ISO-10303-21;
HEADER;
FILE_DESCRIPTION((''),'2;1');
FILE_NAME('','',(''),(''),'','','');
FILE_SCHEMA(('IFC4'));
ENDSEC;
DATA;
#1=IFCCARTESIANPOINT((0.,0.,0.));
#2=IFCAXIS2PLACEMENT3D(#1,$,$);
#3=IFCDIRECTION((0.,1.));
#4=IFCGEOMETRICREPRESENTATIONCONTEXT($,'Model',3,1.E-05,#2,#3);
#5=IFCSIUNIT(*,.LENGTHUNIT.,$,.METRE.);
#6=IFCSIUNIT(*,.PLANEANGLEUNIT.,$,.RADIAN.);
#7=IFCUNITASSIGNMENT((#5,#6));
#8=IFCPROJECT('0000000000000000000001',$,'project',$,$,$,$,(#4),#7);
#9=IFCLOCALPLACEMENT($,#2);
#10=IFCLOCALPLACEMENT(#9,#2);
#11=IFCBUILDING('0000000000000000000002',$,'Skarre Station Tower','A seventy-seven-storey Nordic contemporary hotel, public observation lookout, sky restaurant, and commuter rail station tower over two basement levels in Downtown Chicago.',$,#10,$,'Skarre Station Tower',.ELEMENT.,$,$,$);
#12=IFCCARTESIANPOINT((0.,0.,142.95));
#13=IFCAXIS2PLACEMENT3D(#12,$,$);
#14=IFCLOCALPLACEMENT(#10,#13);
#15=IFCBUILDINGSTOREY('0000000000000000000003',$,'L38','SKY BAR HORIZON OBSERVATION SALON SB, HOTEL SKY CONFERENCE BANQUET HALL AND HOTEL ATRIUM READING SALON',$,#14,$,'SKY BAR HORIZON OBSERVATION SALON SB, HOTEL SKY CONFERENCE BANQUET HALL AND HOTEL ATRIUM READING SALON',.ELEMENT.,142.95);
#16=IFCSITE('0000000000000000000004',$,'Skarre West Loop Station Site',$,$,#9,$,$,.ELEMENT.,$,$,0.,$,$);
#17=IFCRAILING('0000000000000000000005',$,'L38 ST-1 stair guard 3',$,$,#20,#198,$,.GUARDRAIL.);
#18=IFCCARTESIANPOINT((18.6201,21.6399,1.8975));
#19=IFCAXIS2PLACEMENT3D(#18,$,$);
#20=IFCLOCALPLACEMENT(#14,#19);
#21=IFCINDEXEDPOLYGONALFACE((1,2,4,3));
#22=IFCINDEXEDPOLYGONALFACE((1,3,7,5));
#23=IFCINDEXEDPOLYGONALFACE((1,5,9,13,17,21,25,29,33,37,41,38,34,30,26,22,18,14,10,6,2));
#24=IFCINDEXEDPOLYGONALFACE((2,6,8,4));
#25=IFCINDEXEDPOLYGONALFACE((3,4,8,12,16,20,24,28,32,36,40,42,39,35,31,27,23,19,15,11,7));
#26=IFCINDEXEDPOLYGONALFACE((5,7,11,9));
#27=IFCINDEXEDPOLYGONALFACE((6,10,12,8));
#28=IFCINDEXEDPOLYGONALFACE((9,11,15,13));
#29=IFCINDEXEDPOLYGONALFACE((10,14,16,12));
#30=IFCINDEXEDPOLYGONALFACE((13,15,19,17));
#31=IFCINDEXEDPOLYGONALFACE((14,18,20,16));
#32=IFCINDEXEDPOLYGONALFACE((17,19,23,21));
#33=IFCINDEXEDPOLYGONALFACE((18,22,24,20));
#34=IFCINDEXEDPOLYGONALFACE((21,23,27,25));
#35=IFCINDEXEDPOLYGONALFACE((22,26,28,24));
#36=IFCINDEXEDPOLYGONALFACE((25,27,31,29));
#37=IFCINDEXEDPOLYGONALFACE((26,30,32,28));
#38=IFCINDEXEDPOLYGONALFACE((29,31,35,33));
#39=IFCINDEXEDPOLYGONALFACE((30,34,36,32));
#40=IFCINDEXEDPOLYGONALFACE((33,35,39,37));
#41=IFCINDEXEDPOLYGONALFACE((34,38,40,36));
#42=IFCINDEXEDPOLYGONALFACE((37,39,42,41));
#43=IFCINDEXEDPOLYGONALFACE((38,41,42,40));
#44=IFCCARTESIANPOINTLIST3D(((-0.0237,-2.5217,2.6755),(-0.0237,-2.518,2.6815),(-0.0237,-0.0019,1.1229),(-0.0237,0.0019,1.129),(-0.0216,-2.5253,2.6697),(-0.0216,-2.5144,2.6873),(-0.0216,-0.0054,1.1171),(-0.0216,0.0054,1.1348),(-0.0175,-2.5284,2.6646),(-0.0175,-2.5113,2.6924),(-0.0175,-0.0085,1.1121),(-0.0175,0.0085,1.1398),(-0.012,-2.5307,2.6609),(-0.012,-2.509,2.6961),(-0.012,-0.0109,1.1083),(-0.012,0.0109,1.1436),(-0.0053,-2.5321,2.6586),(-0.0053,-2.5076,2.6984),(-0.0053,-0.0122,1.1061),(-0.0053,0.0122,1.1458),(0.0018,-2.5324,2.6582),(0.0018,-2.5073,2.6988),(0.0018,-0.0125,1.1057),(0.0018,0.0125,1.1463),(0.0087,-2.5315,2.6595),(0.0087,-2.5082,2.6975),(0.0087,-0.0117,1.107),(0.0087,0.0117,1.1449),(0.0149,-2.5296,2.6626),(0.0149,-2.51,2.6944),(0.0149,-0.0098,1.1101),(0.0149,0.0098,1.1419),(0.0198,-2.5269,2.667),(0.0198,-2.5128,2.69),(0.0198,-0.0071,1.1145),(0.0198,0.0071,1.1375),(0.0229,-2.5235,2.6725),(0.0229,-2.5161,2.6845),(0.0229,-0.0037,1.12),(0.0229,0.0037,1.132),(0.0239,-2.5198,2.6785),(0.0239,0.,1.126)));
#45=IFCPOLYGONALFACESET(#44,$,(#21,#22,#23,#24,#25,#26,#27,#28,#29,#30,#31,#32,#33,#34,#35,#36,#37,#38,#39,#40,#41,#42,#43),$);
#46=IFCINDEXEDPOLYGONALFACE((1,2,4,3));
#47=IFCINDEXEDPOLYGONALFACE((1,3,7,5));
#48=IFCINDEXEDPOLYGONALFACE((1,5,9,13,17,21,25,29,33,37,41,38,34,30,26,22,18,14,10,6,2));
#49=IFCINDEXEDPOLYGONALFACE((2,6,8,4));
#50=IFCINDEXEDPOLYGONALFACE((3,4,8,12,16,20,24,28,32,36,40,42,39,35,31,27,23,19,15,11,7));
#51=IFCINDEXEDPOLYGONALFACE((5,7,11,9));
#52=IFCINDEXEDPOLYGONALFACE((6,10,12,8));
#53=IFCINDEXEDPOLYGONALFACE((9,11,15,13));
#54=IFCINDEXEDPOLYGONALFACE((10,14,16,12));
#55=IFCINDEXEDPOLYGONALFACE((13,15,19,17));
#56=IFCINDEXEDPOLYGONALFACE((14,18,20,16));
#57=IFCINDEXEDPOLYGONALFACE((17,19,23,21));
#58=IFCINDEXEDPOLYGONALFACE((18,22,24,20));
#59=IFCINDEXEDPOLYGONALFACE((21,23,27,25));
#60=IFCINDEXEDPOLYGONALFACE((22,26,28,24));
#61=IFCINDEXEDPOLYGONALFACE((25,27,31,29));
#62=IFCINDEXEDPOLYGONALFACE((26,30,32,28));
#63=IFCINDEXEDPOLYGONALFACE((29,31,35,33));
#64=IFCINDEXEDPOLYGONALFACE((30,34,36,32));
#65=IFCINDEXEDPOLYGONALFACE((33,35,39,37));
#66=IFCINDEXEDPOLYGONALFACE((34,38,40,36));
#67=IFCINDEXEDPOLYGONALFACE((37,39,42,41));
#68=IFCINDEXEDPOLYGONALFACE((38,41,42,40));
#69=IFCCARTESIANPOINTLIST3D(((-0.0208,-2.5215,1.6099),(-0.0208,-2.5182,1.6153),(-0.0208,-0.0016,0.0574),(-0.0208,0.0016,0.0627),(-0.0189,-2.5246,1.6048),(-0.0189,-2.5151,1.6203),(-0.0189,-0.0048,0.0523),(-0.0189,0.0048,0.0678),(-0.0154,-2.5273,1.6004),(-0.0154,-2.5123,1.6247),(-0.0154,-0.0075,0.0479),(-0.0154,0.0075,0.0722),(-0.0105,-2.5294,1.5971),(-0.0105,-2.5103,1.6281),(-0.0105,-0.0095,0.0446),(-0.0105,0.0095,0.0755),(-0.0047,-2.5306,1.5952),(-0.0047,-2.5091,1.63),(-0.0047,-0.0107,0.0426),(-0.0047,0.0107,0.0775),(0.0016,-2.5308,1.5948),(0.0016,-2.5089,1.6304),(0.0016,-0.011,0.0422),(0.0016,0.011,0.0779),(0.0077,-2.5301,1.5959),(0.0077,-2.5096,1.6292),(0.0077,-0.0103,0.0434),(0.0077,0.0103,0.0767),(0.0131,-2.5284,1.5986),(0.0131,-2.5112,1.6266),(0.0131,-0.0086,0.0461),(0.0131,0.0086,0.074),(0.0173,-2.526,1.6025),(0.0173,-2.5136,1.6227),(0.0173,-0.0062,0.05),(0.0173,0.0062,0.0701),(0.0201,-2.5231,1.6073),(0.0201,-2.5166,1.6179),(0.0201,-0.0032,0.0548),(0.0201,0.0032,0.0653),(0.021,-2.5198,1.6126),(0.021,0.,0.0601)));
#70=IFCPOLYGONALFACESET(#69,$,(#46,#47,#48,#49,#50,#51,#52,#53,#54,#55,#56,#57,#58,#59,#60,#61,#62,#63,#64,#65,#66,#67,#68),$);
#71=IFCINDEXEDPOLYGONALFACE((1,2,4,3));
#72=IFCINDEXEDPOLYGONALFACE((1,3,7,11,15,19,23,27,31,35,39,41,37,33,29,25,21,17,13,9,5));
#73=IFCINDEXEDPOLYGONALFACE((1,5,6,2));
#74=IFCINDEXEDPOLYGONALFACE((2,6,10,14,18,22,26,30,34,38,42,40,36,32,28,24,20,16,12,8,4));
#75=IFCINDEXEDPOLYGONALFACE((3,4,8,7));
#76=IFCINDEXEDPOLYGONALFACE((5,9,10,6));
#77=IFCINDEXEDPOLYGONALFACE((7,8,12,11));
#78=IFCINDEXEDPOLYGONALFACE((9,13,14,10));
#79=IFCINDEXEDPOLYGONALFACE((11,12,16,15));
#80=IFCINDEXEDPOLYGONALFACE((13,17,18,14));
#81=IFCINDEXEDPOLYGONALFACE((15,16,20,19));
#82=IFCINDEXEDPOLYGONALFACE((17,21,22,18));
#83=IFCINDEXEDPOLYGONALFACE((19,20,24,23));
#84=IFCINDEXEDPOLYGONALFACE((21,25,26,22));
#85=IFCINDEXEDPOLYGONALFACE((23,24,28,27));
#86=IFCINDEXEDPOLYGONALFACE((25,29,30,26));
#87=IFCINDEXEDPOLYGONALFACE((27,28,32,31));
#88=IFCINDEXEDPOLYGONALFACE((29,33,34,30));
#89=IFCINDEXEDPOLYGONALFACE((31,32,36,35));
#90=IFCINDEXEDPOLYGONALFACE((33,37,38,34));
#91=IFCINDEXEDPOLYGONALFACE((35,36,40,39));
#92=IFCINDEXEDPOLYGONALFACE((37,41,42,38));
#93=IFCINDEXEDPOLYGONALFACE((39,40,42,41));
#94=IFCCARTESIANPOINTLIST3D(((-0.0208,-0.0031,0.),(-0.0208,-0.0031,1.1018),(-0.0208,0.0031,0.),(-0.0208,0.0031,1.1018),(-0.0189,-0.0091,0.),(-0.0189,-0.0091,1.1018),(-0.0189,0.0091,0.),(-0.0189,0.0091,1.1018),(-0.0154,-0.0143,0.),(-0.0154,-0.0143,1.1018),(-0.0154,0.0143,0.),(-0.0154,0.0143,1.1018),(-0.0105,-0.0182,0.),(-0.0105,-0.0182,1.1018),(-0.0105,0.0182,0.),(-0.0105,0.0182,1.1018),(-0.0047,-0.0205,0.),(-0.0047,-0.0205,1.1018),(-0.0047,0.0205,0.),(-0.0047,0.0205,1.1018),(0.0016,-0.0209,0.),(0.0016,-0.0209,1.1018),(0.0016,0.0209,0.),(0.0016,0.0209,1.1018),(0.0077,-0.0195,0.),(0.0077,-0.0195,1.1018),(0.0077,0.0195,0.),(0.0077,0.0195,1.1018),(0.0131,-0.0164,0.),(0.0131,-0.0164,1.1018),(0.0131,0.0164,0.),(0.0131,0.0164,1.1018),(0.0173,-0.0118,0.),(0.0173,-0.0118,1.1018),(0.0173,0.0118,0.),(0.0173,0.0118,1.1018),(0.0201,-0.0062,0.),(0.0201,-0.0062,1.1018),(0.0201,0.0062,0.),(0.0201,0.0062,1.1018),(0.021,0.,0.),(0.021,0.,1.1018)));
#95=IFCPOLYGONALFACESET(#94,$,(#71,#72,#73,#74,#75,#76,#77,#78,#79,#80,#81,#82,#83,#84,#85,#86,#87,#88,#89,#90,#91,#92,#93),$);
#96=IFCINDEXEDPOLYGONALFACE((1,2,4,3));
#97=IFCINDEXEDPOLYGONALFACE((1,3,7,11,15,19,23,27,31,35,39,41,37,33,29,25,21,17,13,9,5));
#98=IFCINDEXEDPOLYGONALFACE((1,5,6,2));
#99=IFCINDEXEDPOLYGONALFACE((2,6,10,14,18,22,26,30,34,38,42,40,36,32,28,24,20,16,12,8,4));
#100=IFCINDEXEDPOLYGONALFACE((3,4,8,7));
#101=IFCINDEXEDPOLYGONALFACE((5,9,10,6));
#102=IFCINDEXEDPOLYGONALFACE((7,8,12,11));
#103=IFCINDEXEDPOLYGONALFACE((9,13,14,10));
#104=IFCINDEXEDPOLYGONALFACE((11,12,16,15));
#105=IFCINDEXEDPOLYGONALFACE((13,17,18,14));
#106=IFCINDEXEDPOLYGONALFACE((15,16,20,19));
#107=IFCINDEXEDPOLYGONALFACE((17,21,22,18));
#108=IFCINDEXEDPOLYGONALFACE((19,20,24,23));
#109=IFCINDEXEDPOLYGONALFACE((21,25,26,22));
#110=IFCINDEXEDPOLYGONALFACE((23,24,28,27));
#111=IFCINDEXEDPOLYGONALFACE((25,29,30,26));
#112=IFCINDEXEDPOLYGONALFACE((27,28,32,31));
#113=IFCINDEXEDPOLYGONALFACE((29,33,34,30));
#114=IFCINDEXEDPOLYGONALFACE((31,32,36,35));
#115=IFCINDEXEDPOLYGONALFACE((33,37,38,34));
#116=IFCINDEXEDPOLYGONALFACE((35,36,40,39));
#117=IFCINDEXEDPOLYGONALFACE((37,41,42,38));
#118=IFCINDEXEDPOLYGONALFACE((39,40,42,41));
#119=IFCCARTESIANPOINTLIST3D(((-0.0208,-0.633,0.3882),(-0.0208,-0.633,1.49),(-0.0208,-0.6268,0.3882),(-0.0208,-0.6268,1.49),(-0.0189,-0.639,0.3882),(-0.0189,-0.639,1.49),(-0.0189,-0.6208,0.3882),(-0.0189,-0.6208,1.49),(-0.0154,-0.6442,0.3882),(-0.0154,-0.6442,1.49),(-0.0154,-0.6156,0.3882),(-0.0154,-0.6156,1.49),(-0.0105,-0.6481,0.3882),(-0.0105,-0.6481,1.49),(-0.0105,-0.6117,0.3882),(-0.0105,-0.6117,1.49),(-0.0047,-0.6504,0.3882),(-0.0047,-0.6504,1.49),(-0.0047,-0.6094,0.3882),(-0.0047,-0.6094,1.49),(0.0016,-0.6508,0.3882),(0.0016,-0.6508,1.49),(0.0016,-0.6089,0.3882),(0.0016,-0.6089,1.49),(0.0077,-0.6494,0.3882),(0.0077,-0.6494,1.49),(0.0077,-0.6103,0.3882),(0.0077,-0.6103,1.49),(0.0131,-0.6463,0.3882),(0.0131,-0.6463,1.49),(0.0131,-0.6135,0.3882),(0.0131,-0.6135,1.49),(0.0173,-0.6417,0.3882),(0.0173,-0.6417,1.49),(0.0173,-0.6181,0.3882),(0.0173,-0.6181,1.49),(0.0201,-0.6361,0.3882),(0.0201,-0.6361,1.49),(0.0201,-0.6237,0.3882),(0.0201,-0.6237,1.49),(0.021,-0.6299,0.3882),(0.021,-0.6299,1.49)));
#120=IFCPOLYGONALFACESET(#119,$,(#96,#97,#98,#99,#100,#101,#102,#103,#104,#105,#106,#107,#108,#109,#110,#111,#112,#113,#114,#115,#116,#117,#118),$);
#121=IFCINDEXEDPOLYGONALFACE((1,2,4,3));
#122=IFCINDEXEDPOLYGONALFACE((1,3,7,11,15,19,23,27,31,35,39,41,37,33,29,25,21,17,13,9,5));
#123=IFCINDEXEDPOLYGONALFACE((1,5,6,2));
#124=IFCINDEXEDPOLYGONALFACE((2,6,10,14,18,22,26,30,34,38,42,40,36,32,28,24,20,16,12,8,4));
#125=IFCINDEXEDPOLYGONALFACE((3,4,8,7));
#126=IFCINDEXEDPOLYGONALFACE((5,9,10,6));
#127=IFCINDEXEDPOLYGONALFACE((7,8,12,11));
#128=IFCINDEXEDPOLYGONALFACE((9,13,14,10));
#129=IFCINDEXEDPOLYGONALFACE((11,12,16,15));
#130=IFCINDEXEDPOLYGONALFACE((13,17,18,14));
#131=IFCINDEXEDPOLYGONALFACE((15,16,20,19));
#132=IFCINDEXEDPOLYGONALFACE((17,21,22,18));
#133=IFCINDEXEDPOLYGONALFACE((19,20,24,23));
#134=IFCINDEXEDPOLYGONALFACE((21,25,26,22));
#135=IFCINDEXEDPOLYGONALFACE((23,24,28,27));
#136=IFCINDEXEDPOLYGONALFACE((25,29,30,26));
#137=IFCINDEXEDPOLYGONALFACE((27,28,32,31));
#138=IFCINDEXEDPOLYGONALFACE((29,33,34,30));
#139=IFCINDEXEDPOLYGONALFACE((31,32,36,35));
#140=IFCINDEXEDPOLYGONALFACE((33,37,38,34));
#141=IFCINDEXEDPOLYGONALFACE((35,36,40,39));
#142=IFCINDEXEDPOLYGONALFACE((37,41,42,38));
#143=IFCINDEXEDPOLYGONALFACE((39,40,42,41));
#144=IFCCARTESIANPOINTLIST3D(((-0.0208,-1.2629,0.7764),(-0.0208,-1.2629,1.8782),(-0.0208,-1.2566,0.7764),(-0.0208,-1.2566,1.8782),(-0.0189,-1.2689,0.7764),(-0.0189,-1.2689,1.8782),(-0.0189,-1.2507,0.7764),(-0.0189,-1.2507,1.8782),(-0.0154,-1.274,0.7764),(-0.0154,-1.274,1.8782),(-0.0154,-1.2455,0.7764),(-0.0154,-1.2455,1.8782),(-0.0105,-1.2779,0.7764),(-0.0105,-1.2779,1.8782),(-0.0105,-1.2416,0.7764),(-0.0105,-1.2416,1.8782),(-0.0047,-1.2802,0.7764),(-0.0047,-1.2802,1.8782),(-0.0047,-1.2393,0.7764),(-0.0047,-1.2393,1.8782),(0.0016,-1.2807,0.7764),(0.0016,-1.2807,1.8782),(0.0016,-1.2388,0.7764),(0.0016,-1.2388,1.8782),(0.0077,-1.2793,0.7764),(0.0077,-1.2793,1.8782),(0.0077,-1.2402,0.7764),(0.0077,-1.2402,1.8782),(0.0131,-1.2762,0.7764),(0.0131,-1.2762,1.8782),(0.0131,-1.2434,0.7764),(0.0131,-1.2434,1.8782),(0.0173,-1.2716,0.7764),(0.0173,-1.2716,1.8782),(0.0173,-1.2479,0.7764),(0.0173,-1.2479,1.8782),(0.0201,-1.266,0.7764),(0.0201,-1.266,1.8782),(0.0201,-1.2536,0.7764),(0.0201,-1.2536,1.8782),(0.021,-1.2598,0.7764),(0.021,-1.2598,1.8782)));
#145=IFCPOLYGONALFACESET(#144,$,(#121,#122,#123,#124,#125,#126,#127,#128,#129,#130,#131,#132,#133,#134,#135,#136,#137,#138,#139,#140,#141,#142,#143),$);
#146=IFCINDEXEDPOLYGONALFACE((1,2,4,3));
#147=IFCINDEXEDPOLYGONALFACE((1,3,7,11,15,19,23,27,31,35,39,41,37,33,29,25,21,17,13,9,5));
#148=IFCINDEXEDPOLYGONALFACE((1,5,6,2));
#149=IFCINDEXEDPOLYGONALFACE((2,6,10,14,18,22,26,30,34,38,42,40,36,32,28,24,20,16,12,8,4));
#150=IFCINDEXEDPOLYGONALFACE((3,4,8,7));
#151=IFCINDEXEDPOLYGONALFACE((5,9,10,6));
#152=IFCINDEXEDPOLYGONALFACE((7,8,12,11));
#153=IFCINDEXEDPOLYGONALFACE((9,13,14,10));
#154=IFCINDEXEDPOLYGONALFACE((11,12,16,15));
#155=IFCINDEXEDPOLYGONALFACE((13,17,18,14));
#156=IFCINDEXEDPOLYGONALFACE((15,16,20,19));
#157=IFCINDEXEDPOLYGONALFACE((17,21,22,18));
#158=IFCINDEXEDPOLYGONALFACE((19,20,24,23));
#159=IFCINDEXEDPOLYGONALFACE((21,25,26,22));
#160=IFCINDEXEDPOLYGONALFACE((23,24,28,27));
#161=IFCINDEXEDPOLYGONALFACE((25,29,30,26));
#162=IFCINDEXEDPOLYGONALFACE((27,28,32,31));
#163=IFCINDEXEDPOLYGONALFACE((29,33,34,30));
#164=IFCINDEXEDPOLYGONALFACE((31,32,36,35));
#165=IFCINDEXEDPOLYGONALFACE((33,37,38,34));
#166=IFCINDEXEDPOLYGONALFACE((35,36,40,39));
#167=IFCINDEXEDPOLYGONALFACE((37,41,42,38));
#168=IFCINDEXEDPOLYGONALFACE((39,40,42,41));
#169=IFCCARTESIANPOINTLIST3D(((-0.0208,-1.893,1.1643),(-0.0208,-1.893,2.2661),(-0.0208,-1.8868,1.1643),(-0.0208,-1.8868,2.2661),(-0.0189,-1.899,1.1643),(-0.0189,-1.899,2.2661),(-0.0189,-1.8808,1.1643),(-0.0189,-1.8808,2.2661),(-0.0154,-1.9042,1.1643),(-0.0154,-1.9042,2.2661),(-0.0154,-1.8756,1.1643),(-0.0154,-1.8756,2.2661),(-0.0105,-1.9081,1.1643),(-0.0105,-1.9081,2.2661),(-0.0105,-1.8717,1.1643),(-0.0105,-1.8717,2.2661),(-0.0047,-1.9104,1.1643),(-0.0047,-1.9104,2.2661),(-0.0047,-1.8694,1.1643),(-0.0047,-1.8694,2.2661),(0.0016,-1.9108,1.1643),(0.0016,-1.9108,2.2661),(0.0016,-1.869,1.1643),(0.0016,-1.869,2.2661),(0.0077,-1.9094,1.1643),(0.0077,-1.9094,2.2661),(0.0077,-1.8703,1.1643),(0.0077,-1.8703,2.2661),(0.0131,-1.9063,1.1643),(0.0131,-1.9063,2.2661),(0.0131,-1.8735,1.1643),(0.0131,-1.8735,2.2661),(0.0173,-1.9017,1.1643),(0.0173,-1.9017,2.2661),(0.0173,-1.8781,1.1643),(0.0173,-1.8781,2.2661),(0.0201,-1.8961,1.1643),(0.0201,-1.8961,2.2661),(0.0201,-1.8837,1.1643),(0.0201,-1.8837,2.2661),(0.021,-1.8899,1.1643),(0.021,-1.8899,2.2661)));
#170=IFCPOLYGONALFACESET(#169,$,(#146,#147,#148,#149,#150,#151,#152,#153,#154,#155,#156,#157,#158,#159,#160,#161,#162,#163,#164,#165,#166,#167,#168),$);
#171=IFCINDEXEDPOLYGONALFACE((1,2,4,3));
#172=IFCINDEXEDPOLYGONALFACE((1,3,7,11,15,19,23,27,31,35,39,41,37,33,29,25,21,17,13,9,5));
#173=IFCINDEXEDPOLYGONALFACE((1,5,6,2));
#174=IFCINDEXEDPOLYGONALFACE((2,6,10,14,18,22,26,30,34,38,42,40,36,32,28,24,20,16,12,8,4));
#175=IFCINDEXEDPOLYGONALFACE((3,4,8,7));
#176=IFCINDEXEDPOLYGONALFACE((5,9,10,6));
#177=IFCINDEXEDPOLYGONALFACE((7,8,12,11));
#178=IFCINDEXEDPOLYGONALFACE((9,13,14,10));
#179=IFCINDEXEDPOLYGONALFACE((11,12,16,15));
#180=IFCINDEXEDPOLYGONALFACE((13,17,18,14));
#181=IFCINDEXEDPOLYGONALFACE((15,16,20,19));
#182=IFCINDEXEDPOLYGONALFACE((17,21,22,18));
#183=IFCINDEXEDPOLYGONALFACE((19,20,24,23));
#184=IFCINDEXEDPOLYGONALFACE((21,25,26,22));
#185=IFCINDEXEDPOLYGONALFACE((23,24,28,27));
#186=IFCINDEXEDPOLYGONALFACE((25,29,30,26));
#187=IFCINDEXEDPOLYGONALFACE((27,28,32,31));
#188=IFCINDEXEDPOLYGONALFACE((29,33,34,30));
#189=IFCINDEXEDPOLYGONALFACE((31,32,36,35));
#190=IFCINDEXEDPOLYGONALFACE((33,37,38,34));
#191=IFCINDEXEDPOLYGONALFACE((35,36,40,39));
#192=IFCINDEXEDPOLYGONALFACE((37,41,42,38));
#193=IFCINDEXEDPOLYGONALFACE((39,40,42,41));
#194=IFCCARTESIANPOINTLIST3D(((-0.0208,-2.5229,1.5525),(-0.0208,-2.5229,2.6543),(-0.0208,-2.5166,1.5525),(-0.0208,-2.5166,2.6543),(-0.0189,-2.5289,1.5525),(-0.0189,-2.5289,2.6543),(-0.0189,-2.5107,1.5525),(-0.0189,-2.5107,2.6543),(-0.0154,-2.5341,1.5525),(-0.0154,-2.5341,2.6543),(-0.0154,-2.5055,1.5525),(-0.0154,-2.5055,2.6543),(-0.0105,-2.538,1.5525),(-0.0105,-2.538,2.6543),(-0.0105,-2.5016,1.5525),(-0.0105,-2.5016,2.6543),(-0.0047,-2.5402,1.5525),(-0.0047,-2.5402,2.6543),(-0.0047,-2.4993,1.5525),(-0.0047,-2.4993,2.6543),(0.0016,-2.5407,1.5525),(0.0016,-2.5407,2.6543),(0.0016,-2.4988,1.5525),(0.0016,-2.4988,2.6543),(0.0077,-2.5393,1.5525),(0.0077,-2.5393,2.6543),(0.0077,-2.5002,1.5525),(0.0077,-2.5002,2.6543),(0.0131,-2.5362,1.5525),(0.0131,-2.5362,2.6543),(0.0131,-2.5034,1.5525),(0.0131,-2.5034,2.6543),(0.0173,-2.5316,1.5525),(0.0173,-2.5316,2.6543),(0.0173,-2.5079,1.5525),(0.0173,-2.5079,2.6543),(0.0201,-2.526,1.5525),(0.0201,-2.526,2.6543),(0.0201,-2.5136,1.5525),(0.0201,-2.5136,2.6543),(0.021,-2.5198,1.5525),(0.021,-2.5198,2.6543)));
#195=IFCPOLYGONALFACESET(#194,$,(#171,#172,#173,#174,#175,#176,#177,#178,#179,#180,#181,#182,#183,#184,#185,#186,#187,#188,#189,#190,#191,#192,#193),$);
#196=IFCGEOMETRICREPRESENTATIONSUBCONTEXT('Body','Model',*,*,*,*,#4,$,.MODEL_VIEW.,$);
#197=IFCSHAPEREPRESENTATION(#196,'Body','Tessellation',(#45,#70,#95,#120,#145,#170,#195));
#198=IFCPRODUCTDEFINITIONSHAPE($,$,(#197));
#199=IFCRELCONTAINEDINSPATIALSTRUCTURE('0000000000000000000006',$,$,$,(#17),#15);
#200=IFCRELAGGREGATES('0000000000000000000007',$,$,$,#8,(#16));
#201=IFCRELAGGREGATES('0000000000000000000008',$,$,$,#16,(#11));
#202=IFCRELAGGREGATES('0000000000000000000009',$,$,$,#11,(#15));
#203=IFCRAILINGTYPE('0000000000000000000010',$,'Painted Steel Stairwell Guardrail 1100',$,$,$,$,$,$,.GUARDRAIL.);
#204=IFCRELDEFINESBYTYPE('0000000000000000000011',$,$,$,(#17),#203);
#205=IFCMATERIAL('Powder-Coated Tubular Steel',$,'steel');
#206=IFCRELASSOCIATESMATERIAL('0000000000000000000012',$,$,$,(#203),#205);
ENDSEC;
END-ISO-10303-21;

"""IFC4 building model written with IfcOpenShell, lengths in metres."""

from ifc_helpers import new_model, si_unit, direction, frame, origin, origin_2d, place, context, subcontext, project, spatial, circle, extrude, material, type_object, element, save


model = new_model("IFC4")

# Units and contexts
model_context = context("Model", 3, precision=1e-05, world=origin(), true_north=direction((0.0, 1.0)))
body_context = subcontext(model_context, "Body", "Model", "MODEL_VIEW")
ifc_project = project(units=[si_unit("LENGTHUNIT", "METRE"), si_unit("PLANEANGLEUNIT", "RADIAN")], contexts=[model_context])

# Site, building, storey
site_placement = place(None, origin())
site = spatial("IfcSite", under=ifc_project, at=site_placement, Name="Skarre West Loop Station Site", CompositionType="ELEMENT", RefElevation=0.0)
building_placement = place(site_placement, origin())
building = spatial("IfcBuilding", under=site, at=building_placement, Name="Skarre Station Tower", Description="A seventy-seven-storey Nordic contemporary hotel, public observation lookout, sky restaurant, and commuter rail station tower over two basement levels in Downtown Chicago.", LongName="Skarre Station Tower", CompositionType="ELEMENT")
storey_placement = place(building_placement, frame((0.0, 0.0, 142.95)))
storey = spatial("IfcBuildingStorey", under=building, at=storey_placement, Name="L38", Description="SKY BAR HORIZON OBSERVATION SALON SB, HOTEL SKY CONFERENCE BANQUET HALL AND HOTEL ATRIUM READING SALON", LongName="SKY BAR HORIZON OBSERVATION SALON SB, HOTEL SKY CONFERENCE BANQUET HALL AND HOTEL ATRIUM READING SALON", CompositionType="ELEMENT", Elevation=142.95)

# Railing
ifc_material_1 = material(Name="Powder-Coated Tubular Steel", Category="steel")
railing_type_1 = type_object("IfcRailingType", Name="Painted Steel Stairwell Guardrail 1100", PredefinedType="GUARDRAIL", material=ifc_material_1)
railing_1_placement = place(storey_placement, frame((18.6201, 21.6399, 1.8975)))
element("IfcRailing", 1, at=railing_1_placement, inside=storey, type_object=railing_type_1, Name="L38 ST-1 stair guard 3", PredefinedType="GUARDRAIL", context=body_context, shape_type="SweptSolid", body=[
    extrude(circle(Radius=0.0239, at=origin_2d()), frame((0.0, 0.0, 1.126), z_axis=(0.0, -0.851378, 0.524553), x_axis=(1.0, 0.0, 0.0)), (0.0, 0.0, 1.0), 2.9597),
    extrude(circle(Radius=0.021, at=origin_2d()), frame((0.0, 0.0, 0.0601), z_axis=(0.0, -0.851378, 0.524553), x_axis=(1.0, 0.0, 0.0)), (0.0, 0.0, 1.0), 2.9597),
    extrude(circle(Radius=0.021, at=origin_2d()), origin(), (0.0, 0.0, 1.0), 1.1018),
    extrude(circle(Radius=0.021, at=origin_2d()), frame((0.0, -0.6299, 0.3882)), (0.0, 0.0, 1.0), 1.1018),
    extrude(circle(Radius=0.021, at=origin_2d()), frame((0.0, -1.2598, 0.7764)), (0.0, 0.0, 1.0), 1.1018),
    extrude(circle(Radius=0.021, at=origin_2d()), frame((0.0, -1.8899, 1.1643)), (0.0, 0.0, 1.0), 1.1018),
    extrude(circle(Radius=0.021, at=origin_2d()), frame((0.0, -2.5198, 1.5525)), (0.0, 0.0, 1.0), 1.1018),
])

save(model, "model.ifc")
